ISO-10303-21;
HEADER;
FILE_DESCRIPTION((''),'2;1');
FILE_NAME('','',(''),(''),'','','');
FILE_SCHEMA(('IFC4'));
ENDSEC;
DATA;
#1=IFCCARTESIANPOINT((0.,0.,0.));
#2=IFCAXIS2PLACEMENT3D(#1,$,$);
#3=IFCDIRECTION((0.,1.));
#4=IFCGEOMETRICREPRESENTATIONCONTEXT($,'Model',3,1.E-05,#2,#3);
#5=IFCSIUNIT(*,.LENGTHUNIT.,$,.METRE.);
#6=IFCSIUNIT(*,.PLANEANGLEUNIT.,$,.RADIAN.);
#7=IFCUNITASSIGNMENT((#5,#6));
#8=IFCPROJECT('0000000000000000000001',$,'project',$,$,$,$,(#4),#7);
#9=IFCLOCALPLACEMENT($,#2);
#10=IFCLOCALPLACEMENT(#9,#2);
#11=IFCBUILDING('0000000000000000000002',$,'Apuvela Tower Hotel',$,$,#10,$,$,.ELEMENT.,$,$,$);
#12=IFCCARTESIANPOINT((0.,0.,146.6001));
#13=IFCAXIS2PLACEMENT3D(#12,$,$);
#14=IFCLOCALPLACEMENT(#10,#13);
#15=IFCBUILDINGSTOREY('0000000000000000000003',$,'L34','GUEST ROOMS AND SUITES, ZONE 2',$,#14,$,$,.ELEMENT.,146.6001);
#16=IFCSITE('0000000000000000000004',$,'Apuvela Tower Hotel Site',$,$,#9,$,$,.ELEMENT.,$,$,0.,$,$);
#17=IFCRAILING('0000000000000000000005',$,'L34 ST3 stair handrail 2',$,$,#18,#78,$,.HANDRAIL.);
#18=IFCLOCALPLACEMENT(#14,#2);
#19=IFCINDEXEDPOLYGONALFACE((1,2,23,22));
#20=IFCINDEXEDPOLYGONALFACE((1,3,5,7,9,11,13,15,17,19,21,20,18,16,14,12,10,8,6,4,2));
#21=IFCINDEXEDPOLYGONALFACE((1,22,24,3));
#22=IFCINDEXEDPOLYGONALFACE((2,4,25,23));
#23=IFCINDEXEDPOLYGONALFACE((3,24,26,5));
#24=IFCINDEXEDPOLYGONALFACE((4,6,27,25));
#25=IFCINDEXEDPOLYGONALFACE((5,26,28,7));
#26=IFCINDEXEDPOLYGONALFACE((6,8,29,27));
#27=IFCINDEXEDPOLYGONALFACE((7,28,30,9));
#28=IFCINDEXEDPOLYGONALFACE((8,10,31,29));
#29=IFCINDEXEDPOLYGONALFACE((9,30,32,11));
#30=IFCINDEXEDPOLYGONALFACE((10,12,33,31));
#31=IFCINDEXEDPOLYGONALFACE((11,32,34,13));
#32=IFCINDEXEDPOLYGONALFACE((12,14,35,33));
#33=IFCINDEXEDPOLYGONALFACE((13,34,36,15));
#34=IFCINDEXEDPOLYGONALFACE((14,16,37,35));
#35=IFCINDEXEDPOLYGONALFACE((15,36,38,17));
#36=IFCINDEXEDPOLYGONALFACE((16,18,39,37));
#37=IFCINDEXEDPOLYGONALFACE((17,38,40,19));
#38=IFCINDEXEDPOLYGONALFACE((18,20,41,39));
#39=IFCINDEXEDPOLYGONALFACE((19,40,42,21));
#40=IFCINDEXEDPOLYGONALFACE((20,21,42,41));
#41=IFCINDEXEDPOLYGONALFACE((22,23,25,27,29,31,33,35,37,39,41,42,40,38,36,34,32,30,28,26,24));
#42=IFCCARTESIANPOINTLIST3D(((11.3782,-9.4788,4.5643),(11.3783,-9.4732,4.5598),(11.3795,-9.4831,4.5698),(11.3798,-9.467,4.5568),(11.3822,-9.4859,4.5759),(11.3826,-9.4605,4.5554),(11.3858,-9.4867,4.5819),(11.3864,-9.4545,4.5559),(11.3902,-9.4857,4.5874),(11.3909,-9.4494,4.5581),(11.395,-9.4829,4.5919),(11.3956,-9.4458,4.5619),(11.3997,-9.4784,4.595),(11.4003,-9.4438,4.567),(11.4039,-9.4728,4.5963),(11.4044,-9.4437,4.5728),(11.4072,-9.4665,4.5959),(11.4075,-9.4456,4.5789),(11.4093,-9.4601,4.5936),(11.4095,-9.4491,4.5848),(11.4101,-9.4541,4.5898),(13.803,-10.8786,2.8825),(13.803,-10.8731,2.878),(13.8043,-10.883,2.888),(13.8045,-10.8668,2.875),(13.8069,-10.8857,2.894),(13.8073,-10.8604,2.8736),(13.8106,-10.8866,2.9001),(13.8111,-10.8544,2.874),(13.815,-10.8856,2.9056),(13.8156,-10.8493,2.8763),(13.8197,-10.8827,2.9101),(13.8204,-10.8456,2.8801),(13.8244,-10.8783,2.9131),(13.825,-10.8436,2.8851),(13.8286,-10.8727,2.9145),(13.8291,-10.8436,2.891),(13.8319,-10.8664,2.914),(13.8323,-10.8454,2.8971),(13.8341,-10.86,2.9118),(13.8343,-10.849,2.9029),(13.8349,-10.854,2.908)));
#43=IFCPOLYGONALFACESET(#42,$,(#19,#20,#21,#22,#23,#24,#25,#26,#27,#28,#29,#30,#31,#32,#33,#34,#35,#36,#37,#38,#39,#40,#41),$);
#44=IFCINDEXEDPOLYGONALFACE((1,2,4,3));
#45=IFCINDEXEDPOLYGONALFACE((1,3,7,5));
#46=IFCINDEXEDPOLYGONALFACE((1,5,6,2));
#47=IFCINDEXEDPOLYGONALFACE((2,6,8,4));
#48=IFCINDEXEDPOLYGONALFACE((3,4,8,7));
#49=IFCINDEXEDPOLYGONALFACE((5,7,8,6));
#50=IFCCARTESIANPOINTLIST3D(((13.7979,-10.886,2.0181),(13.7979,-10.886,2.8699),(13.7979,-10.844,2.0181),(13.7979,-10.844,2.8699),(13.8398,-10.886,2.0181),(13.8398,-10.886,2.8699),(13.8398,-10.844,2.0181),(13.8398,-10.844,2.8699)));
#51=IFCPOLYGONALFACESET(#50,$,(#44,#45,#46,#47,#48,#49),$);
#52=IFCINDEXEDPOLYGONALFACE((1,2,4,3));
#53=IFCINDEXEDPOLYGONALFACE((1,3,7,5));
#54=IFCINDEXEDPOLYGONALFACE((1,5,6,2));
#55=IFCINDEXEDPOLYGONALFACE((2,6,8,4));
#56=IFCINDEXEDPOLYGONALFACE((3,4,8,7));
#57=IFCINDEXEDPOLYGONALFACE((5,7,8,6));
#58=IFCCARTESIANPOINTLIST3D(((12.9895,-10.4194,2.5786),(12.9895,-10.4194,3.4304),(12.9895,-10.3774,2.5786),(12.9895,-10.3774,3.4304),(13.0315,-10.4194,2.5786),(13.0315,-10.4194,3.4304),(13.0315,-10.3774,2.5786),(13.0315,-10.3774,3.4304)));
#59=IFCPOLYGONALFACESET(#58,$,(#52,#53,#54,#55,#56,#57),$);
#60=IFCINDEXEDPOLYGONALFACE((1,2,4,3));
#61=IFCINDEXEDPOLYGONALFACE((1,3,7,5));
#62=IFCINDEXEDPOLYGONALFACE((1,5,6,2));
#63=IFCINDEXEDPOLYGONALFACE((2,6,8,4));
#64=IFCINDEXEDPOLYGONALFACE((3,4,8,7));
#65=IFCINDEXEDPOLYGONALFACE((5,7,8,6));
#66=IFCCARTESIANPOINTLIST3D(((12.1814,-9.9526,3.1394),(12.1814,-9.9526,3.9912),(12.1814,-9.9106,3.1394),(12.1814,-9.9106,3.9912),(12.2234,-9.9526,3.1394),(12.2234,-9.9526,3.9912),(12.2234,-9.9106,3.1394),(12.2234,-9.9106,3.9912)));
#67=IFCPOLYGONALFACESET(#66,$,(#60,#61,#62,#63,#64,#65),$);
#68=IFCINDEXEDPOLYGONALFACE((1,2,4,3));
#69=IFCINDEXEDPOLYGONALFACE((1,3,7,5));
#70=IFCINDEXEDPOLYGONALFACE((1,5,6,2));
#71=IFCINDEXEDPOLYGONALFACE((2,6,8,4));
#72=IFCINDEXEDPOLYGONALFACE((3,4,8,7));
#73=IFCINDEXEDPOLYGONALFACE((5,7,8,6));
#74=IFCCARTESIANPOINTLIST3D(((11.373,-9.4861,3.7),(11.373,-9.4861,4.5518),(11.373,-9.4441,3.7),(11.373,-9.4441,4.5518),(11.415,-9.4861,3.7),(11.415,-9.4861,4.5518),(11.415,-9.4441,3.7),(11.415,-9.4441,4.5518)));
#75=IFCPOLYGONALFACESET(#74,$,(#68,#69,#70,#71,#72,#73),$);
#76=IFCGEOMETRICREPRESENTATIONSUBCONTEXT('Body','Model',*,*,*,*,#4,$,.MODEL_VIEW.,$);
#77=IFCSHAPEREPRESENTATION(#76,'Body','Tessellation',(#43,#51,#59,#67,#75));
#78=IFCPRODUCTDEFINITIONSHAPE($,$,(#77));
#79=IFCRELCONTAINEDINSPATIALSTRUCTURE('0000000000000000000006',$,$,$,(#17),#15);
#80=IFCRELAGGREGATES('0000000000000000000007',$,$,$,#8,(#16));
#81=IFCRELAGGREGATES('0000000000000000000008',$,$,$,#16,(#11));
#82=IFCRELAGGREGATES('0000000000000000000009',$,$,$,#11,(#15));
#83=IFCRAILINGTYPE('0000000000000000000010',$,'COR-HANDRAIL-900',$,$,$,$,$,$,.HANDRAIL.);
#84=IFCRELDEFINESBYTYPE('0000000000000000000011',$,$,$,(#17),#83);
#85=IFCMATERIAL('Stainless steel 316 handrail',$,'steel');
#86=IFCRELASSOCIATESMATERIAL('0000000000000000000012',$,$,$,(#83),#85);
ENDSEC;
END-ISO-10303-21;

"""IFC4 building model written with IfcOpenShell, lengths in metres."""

from ifc_helpers import new_model, si_unit, direction, frame, origin, origin_2d, place, context, subcontext, project, spatial, rectangle, circle, extrude, material, type_object, element, save


model = new_model("IFC4")

# Units and contexts
model_context = context("Model", 3, precision=1e-05, world=origin(), true_north=direction((0.0, 1.0)))
body_context = subcontext(model_context, "Body", "Model", "MODEL_VIEW")
ifc_project = project(units=[si_unit("LENGTHUNIT", "METRE"), si_unit("PLANEANGLEUNIT", "RADIAN")], contexts=[model_context])

# Site, building, storey
site_placement = place(None, origin())
site = spatial("IfcSite", under=ifc_project, at=site_placement, Name="Apuvela Tower Hotel Site", CompositionType="ELEMENT", RefElevation=0.0)
building_placement = place(site_placement, origin())
building = spatial("IfcBuilding", under=site, at=building_placement, Name="Apuvela Tower Hotel", CompositionType="ELEMENT")
storey_placement = place(building_placement, frame((0.0, 0.0, 146.6001)))
storey = spatial("IfcBuildingStorey", under=building, at=storey_placement, Name="L34", Description="GUEST ROOMS AND SUITES, ZONE 2", CompositionType="ELEMENT", Elevation=146.6001)

# Railing
ifc_material_1 = material(Name="Stainless steel 316 handrail", Category="steel")
railing_type_1 = type_object("IfcRailingType", Name="COR-HANDRAIL-900", PredefinedType="HANDRAIL", material=ifc_material_1)
railing_1_placement = place(storey_placement, frame((13.8188, -10.865, 2.0181)))
element("IfcRailing", 1, at=railing_1_placement, inside=storey, type_object=railing_type_1, Name="L34 ST3 stair handrail 2", PredefinedType="HANDRAIL", context=body_context, shape_type="SweptSolid", body=[
    extrude(circle(Radius=0.0239, at=origin_2d()), frame((0.0, 0.0, 0.876), z_axis=(-0.74239, 0.428601, 0.514934), x_axis=(-0.499984, -0.866035, 0.0)), (0.0, 0.0, 1.0), 3.2661),
    extrude(rectangle(XDim=0.042, YDim=0.042, at=origin_2d()), origin(), (0.0, 0.0, 1.0), 0.8518),
    extrude(rectangle(XDim=0.042, YDim=0.042, at=origin_2d()), frame((-0.8083, 0.4666, 0.5605)), (0.0, 0.0, 1.0), 0.8518),
    extrude(rectangle(XDim=0.042, YDim=0.042, at=origin_2d()), frame((-1.6165, 0.9333, 1.1213)), (0.0, 0.0, 1.0), 0.8518),
    extrude(rectangle(XDim=0.042, YDim=0.042, at=origin_2d()), frame((-2.4248, 1.3999, 1.6819)), (0.0, 0.0, 1.0), 0.8518),
])

save(model, "model.ifc")
